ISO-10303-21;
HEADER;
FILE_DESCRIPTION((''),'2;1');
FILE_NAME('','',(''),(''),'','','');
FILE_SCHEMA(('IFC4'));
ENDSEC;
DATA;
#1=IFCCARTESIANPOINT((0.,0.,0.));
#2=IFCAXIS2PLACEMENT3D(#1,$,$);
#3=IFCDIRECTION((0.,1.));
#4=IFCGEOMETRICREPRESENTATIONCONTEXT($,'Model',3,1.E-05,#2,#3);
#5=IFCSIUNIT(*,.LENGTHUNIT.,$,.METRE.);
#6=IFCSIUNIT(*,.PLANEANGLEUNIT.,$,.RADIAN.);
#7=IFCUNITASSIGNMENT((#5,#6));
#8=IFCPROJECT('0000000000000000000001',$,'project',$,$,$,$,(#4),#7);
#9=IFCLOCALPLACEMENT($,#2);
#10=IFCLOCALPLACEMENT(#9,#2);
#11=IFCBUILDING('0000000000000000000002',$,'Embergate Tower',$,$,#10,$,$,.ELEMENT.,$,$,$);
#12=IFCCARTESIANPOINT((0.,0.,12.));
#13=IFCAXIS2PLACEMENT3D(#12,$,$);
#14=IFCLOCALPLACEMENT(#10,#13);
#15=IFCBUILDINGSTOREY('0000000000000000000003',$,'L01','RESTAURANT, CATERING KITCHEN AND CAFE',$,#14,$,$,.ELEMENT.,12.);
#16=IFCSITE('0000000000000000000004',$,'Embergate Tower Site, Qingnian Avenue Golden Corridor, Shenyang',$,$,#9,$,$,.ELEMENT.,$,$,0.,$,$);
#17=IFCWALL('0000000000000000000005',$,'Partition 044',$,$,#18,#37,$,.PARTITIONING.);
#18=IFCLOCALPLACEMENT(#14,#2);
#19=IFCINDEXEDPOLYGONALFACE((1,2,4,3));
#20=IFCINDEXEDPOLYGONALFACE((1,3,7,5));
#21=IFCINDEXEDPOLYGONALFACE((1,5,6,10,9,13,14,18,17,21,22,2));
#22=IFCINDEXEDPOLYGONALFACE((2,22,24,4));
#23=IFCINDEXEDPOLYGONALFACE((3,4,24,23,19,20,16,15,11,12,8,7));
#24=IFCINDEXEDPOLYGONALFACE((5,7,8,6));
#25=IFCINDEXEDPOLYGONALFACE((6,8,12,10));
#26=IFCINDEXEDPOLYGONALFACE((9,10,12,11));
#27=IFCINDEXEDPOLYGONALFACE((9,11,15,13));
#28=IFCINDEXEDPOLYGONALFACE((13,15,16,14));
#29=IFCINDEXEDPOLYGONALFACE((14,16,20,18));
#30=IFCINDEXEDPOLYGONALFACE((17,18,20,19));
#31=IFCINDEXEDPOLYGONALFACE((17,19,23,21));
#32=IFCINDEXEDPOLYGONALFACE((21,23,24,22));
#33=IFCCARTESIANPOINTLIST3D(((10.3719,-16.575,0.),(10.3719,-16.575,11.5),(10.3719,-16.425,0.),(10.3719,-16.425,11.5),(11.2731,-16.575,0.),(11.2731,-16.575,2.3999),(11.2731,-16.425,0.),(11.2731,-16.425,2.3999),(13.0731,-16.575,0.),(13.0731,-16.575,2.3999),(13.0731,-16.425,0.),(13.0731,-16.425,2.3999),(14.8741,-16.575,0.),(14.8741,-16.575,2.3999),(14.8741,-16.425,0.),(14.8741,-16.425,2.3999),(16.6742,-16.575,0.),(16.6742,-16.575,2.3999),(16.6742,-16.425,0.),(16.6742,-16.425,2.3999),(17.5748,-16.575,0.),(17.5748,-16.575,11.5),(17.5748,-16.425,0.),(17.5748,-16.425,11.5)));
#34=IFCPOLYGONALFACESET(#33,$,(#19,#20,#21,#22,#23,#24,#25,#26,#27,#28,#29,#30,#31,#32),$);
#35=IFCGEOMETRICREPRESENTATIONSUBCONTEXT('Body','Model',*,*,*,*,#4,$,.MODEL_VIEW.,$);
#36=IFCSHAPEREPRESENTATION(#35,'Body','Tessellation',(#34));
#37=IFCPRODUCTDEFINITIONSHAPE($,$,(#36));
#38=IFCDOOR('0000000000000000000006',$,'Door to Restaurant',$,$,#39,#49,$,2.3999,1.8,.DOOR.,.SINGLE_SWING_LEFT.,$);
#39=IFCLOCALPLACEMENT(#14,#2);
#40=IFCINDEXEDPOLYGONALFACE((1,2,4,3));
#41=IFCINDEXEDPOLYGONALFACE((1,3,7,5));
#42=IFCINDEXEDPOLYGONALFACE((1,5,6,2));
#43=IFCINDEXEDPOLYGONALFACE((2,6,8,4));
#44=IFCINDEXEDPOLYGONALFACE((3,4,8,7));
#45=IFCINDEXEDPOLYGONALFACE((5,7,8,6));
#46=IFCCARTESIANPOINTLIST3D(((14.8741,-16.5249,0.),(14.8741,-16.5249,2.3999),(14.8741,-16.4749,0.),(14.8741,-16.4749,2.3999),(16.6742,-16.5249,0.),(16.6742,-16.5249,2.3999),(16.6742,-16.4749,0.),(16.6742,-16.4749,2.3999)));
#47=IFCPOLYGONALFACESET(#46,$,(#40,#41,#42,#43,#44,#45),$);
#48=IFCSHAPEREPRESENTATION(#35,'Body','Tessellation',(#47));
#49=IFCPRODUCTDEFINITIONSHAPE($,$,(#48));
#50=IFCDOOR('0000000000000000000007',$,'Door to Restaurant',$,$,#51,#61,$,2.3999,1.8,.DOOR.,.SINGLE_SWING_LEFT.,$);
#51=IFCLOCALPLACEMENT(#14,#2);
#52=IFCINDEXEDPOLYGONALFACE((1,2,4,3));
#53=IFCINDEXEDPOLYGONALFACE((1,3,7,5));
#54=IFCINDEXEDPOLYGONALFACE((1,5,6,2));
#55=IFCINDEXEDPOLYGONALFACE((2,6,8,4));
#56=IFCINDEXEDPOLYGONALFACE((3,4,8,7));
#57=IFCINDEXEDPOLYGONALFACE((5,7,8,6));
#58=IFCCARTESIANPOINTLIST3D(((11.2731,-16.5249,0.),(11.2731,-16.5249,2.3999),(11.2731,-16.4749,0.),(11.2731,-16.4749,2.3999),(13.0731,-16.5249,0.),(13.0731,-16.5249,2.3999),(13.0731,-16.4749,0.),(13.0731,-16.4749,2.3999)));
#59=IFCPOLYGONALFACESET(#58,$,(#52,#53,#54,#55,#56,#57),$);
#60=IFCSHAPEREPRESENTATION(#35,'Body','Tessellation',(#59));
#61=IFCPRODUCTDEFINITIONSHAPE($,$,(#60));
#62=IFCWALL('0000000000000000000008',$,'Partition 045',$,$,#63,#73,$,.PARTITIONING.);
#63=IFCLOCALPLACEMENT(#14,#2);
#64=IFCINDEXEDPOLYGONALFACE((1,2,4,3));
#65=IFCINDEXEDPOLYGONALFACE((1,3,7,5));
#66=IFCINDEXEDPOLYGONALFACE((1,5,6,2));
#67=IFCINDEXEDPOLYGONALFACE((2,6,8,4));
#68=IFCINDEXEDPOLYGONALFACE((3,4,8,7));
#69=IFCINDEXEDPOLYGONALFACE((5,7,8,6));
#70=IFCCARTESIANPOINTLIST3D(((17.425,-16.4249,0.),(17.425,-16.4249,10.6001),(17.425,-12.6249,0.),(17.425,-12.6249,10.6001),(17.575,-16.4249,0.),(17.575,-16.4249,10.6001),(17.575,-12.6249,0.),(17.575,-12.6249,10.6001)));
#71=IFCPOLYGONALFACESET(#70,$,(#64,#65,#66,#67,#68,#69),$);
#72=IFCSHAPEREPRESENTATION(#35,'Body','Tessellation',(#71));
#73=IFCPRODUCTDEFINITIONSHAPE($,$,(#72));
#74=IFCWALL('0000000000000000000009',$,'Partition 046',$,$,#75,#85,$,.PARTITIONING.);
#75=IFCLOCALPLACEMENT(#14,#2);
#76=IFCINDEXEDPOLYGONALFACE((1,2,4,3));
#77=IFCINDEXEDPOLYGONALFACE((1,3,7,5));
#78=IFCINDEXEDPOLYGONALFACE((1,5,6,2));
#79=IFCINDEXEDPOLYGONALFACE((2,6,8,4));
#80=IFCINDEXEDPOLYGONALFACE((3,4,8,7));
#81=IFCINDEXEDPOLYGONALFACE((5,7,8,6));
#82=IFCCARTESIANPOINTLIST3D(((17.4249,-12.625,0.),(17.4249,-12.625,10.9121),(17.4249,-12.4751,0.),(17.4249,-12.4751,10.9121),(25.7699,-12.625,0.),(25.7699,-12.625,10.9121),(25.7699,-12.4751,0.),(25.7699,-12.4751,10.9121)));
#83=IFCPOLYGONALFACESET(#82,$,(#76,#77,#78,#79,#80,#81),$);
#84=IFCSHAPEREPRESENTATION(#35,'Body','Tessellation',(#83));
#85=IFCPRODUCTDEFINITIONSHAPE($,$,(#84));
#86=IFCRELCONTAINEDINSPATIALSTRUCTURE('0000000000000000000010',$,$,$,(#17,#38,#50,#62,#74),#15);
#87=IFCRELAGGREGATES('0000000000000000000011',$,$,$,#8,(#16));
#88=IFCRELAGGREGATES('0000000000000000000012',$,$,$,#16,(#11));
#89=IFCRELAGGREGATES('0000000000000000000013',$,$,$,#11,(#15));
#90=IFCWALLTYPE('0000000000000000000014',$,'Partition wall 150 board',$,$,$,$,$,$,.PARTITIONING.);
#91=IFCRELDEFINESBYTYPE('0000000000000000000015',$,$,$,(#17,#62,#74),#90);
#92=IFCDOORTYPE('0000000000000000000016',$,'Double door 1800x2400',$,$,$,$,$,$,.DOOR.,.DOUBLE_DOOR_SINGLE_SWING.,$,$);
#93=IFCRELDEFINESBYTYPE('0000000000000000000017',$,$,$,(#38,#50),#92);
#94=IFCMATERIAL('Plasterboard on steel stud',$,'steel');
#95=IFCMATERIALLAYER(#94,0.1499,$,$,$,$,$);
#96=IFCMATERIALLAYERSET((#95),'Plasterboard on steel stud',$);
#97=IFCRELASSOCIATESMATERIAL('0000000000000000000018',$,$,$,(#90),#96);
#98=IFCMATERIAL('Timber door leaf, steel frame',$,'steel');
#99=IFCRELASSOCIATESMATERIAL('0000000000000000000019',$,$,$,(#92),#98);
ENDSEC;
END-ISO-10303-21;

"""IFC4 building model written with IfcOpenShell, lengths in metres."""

from ifc_helpers import new_model, si_unit, direction, frame, frame_2d, origin, place, context, subcontext, project, spatial, rectangle, extrude, source, transform, mapped, material, layer, layer_set, type_object, element, fill, save


model = new_model("IFC4")

# Units and contexts
model_context = context("Model", 3, precision=1e-05, world=origin(), true_north=direction((0.0, 1.0)))
body_context = subcontext(model_context, "Body", "Model", "MODEL_VIEW")
ifc_project = project(units=[si_unit("LENGTHUNIT", "METRE"), si_unit("PLANEANGLEUNIT", "RADIAN")], contexts=[model_context])

# Site, building, storey
site_placement = place(None, origin())
site = spatial("IfcSite", under=ifc_project, at=site_placement, Name="Embergate Tower Site, Qingnian Avenue Golden Corridor, Shenyang", CompositionType="ELEMENT", RefElevation=0.0)
building_placement = place(site_placement, origin())
building = spatial("IfcBuilding", under=site, at=building_placement, Name="Embergate Tower", CompositionType="ELEMENT")
storey_placement = place(building_placement, frame((0.0, 0.0, 12.0)))
storey = spatial("IfcBuildingStorey", under=building, at=storey_placement, Name="L01", Description="RESTAURANT, CATERING KITCHEN AND CAFE", CompositionType="ELEMENT", Elevation=12.0)

# Wall, openings, doors
ifc_material_1 = material(Name="Plasterboard on steel stud", Category="steel")
ifc_layer_1 = layer(ifc_material_1, 0.1499)
ifc_layer_set_1 = layer_set([ifc_layer_1], Name="Plasterboard on steel stud")
wall_type = type_object("IfcWallType", Name="Partition wall 150 board", PredefinedType="PARTITIONING", material=ifc_layer_set_1)
shared_shape_1 = source(origin(), body_context, "Body", "SweptSolid", [
    extrude(rectangle(XDim=7.2029, YDim=0.1499, at=frame_2d((3.6016, 0.0))), origin(), (0.0, 0.0, 1.0), 11.5),
])
wall_1_placement = place(storey_placement, frame((17.575, -16.5, 0.0), z_axis=(0.0, 0.0, 1.0), x_axis=(-1.0, 0.0, 0.0)))
wall_1 = element("IfcWall", 1, at=wall_1_placement, inside=storey, type_object=wall_type, Name="Partition 044", PredefinedType="PARTITIONING", context=body_context, shape_type="MappedRepresentation", body=[
    mapped(shared_shape_1, transform((0.0, 0.0, 0.0))),
])
shared_shape_2 = source(origin(), body_context, "Body", "SweptSolid", [
    extrude(rectangle(XDim=1.8, YDim=2.3999, at=frame_2d((0.8999, 1.2))), frame((0.0, 0.085, 0.0), z_axis=(0.0, -1.0, 0.0), x_axis=(1.0, 0.0, 0.0)), (0.0, 0.0, 1.0), 0.1699),
])
opening_1_placement = place(wall_1_placement, frame((0.9009, 0.0, 0.0)))
opening_1 = element("IfcOpeningElement", 2, at=opening_1_placement, cuts=wall_1, PredefinedType="OPENING", context=body_context, shape_type="MappedRepresentation", body=[
    mapped(shared_shape_2, transform((0.0, 0.0, 0.0))),
])
opening_2_placement = place(wall_1_placement, frame((4.502, 0.0, 0.0)))
opening_2 = element("IfcOpeningElement", 3, at=opening_2_placement, cuts=wall_1, PredefinedType="OPENING", context=body_context, shape_type="MappedRepresentation", body=[
    mapped(shared_shape_2, transform((0.0, 0.0, 0.0))),
])
ifc_material_2 = material(Name="Timber door leaf, steel frame", Category="steel")
door_type = type_object("IfcDoorType", Name="Double door 1800x2400", OperationType="DOUBLE_DOOR_SINGLE_SWING", PredefinedType="DOOR", material=ifc_material_2)
shared_shape_3 = source(origin(), body_context, "Body", "SweptSolid", [
    extrude(rectangle(XDim=1.8, YDim=2.3999, at=frame_2d((0.8999, 1.2))), frame((0.0, 0.0249, 0.0), z_axis=(0.0, -1.0, 0.0), x_axis=(1.0, 0.0, 0.0)), (0.0, 0.0, 1.0), 0.05),
])
door_1_placement = place(opening_1_placement, origin())
door_1 = element("IfcDoor", 4, at=door_1_placement, inside=storey, type_object=door_type, Name="Door to Restaurant", OperationType="SINGLE_SWING_LEFT", OverallHeight=2.3999, OverallWidth=1.8, PredefinedType="DOOR", context=body_context, shape_type="MappedRepresentation", body=[
    mapped(shared_shape_3, transform((0.0, 0.0, 0.0))),
])
fill(opening_1, door_1)
door_2_placement = place(opening_2_placement, origin())
door_2 = element("IfcDoor", 5, at=door_2_placement, inside=storey, type_object=door_type, Name="Door to Restaurant", OperationType="SINGLE_SWING_LEFT", OverallHeight=2.3999, OverallWidth=1.8, PredefinedType="DOOR", context=body_context, shape_type="MappedRepresentation", body=[
    mapped(shared_shape_3, transform((0.0, 0.0, 0.0))),
])
fill(opening_2, door_2)

# Walls
shared_shape_4 = source(origin(), body_context, "Body", "SweptSolid", [
    extrude(rectangle(XDim=3.8, YDim=0.1499, at=frame_2d((1.8999, 0.0))), origin(), (0.0, 0.0, 1.0), 10.6001),
])
wall_2_placement = place(storey_placement, frame((17.5, -12.625, 0.0), z_axis=(0.0, 0.0, 1.0), x_axis=(0.0, -1.0, 0.0)))
element("IfcWall", 6, at=wall_2_placement, inside=storey, type_object=wall_type, Name="Partition 045", PredefinedType="PARTITIONING", context=body_context, shape_type="MappedRepresentation", body=[
    mapped(shared_shape_4, transform((0.0, 0.0, 0.0))),
])
shared_shape_5 = source(origin(), body_context, "Body", "SweptSolid", [
    extrude(rectangle(XDim=8.345, YDim=0.1499, at=frame_2d((4.1724, 0.0))), origin(), (0.0, 0.0, 1.0), 10.9121),
])
wall_3_placement = place(storey_placement, frame((17.425, -12.55, 0.0), z_axis=(0.0, 0.0, 1.0), x_axis=(1.0, 0.0, 0.0)))
element("IfcWall", 7, at=wall_3_placement, inside=storey, type_object=wall_type, Name="Partition 046", PredefinedType="PARTITIONING", context=body_context, shape_type="MappedRepresentation", body=[
    mapped(shared_shape_5, transform((0.0, 0.0, 0.0))),
])

save(model, "model.ifc")
